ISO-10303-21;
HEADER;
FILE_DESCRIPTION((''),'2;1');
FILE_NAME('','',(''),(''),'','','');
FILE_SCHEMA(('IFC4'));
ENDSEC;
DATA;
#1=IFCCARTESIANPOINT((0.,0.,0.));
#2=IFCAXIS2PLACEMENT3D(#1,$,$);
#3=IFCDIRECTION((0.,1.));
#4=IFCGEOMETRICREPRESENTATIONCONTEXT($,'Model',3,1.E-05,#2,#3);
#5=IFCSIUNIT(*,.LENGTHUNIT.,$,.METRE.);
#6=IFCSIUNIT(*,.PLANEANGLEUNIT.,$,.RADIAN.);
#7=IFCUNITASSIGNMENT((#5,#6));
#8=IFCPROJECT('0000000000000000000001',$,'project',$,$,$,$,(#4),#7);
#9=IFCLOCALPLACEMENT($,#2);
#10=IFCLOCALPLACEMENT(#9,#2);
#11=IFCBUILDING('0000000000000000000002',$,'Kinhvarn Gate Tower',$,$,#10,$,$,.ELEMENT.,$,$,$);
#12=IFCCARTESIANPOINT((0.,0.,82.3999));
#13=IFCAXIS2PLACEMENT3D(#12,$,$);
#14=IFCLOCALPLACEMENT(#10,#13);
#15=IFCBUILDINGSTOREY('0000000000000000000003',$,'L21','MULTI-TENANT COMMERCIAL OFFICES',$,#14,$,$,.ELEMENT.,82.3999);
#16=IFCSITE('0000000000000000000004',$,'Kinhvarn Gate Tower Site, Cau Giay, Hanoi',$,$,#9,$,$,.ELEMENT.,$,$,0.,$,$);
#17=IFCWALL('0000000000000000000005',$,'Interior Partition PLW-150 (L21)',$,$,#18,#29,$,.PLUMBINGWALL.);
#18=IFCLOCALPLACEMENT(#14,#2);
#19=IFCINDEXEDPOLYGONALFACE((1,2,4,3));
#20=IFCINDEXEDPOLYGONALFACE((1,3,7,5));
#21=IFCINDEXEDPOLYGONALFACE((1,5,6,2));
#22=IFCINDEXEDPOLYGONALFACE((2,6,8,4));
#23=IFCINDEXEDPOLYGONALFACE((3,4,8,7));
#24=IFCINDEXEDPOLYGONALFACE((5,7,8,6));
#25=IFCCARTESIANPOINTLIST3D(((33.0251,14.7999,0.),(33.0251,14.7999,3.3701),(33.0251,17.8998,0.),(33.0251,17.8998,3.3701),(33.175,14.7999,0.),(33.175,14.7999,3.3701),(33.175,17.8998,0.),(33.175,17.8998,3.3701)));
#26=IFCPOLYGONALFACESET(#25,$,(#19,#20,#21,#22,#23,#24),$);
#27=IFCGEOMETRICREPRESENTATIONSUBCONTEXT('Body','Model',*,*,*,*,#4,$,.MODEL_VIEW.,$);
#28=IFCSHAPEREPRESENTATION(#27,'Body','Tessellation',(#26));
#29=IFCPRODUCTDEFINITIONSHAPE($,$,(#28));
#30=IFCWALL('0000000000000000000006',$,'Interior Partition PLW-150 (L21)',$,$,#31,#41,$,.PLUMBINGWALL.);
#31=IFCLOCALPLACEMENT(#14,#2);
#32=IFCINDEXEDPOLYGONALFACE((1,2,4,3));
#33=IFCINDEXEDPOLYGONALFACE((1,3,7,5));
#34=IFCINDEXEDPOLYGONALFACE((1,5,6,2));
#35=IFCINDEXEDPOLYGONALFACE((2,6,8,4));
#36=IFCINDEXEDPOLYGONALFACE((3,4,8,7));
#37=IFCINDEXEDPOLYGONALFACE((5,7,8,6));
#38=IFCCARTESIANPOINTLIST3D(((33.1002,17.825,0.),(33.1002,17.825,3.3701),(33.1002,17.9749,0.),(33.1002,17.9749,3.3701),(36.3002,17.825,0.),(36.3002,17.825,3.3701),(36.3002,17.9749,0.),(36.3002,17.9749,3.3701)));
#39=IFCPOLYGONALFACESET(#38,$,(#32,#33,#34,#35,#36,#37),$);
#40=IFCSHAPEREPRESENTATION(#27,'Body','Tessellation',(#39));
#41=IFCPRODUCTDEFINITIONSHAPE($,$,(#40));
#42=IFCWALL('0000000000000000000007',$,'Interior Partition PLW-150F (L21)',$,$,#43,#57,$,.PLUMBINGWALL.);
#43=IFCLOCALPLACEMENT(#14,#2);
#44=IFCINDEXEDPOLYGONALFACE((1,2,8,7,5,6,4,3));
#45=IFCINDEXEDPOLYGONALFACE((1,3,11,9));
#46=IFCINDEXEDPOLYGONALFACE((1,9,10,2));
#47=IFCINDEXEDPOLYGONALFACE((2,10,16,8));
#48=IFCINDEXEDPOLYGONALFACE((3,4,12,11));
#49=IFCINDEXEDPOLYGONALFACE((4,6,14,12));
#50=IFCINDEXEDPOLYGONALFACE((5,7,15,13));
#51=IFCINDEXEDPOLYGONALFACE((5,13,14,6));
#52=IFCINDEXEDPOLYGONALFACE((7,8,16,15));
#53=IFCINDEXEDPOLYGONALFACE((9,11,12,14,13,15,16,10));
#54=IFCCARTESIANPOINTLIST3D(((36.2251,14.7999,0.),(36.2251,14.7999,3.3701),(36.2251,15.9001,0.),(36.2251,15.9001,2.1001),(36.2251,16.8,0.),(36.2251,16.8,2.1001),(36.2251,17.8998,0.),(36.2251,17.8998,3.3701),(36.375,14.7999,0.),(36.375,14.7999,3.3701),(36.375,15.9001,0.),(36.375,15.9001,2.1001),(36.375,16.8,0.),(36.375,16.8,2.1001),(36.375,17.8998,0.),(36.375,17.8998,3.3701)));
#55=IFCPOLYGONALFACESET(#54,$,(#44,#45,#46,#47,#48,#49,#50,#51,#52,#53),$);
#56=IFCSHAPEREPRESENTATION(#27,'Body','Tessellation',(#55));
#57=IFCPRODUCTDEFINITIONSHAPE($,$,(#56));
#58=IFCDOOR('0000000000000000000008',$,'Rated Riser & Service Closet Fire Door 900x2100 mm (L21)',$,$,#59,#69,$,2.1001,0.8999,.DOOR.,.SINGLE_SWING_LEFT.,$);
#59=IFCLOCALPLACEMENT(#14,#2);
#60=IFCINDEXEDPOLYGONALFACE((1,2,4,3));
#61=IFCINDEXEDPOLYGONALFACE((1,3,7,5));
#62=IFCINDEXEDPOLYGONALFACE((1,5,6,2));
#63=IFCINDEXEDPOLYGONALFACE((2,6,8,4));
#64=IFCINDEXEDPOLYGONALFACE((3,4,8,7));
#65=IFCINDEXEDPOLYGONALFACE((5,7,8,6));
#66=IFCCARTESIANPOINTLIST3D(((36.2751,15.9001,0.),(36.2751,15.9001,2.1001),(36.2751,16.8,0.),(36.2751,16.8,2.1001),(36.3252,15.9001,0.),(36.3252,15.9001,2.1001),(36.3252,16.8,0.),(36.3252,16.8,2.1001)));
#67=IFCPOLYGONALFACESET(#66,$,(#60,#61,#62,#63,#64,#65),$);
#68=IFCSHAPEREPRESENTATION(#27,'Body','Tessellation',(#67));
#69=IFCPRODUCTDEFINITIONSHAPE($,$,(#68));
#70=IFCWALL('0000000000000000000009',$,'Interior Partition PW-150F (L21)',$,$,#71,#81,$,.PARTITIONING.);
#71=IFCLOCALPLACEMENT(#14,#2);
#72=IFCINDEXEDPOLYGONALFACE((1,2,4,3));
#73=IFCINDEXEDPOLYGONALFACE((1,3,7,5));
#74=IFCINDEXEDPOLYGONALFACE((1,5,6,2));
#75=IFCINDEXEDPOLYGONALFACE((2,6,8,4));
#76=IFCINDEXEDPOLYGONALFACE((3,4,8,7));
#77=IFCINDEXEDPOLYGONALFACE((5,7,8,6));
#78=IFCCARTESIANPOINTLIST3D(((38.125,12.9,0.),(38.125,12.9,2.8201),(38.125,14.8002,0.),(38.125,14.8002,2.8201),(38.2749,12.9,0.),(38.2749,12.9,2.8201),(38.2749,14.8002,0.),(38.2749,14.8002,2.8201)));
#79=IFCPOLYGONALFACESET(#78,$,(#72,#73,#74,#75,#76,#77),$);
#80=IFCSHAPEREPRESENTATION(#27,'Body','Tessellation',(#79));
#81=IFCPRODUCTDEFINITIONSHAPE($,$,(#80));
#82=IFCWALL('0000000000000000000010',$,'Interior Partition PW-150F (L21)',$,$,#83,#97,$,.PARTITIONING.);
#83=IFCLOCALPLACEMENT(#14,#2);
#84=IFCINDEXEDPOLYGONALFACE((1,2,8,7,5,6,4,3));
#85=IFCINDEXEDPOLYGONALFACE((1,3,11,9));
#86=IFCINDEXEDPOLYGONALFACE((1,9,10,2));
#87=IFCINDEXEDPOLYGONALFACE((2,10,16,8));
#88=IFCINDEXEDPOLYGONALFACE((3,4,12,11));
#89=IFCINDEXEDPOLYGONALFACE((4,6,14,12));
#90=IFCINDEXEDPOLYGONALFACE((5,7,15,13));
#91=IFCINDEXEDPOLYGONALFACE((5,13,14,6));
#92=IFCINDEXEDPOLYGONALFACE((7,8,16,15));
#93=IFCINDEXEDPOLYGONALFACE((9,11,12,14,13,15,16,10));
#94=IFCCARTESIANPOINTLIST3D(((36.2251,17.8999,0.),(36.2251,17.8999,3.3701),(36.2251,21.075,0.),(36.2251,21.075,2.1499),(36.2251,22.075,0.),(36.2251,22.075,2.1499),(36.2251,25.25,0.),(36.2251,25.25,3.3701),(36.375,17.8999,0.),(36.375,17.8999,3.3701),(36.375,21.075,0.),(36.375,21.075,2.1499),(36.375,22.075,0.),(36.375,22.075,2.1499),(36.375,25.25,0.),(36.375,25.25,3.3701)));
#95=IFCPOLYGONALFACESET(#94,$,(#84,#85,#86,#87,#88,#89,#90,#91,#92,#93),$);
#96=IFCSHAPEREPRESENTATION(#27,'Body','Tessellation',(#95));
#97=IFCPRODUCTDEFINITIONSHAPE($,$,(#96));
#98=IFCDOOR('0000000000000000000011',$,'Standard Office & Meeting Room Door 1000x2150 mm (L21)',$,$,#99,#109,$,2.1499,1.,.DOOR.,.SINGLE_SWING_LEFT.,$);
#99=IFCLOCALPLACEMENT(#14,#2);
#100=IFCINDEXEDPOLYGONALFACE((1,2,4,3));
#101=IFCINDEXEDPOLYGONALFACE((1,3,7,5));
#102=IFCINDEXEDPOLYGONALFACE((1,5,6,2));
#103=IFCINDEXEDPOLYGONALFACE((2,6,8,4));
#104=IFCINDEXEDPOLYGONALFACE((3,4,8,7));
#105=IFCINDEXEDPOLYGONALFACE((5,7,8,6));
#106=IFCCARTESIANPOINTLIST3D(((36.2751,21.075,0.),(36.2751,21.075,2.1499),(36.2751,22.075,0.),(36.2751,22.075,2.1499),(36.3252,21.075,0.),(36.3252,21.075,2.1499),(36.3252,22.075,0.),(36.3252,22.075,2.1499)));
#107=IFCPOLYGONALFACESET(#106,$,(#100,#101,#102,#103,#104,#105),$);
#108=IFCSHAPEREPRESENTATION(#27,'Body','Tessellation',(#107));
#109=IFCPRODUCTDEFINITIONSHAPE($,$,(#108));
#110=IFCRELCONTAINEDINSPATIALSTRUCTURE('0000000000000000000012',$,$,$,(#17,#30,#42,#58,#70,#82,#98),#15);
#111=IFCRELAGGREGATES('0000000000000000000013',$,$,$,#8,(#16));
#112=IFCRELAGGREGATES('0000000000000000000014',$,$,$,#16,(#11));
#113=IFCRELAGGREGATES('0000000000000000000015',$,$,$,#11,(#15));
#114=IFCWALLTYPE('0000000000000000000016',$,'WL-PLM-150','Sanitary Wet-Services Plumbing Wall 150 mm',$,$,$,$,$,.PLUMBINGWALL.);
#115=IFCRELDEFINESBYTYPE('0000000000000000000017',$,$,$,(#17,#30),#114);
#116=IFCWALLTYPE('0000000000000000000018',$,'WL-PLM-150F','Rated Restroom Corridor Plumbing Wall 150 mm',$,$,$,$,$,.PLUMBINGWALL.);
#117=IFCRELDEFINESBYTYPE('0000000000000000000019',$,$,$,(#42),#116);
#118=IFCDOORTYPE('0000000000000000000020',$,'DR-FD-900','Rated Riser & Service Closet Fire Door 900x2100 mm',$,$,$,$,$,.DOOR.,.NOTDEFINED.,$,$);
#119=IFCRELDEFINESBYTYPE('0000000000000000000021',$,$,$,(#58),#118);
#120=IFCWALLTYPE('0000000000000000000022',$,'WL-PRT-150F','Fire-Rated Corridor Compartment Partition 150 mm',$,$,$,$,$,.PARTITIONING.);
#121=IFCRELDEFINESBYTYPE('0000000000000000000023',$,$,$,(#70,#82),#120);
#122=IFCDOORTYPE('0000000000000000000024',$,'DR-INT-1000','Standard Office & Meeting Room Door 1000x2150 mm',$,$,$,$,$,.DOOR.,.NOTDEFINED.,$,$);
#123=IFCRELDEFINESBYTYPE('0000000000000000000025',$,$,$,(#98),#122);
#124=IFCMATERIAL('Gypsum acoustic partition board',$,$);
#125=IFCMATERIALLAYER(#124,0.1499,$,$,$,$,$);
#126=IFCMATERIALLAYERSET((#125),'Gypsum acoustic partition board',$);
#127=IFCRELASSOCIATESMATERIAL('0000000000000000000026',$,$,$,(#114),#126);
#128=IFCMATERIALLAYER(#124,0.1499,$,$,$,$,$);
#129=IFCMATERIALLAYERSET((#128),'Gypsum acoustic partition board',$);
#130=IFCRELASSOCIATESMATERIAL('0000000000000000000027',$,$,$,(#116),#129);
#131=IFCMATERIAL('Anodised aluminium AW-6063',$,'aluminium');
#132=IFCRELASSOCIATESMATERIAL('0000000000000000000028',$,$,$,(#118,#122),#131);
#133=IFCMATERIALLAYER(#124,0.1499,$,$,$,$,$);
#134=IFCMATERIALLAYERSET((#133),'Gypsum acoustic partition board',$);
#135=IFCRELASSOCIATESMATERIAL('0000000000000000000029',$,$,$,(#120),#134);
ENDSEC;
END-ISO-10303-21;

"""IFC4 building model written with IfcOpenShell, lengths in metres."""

from ifc_helpers import new_model, si_unit, direction, frame, frame_2d, origin, place, context, subcontext, project, spatial, rectangle, extrude, material, layer, layer_set, type_object, element, fill, save


model = new_model("IFC4")

# Units and contexts
model_context = context("Model", 3, precision=1e-05, world=origin(), true_north=direction((0.0, 1.0)))
body_context = subcontext(model_context, "Body", "Model", "MODEL_VIEW")
ifc_project = project(units=[si_unit("LENGTHUNIT", "METRE"), si_unit("PLANEANGLEUNIT", "RADIAN")], contexts=[model_context])

# Site, building, storey
site_placement = place(None, origin())
site = spatial("IfcSite", under=ifc_project, at=site_placement, Name="Kinhvarn Gate Tower Site, Cau Giay, Hanoi", CompositionType="ELEMENT", RefElevation=0.0)
building_placement = place(site_placement, origin())
building = spatial("IfcBuilding", under=site, at=building_placement, Name="Kinhvarn Gate Tower", CompositionType="ELEMENT")
storey_placement = place(building_placement, frame((0.0, 0.0, 82.3999)))
storey = spatial("IfcBuildingStorey", under=building, at=storey_placement, Name="L21", Description="MULTI-TENANT COMMERCIAL OFFICES", CompositionType="ELEMENT", Elevation=82.3999)

# Walls
ifc_material_1 = material(Name="Gypsum acoustic partition board")
ifc_layer_1 = layer(ifc_material_1, 0.1499)
ifc_layer_set_1 = layer_set([ifc_layer_1], Name="Gypsum acoustic partition board")
wall_type_1 = type_object("IfcWallType", Name="WL-PLM-150", Description="Sanitary Wet-Services Plumbing Wall 150 mm", PredefinedType="PLUMBINGWALL", material=ifc_layer_set_1)
wall_1_placement = place(storey_placement, frame((33.1001, 14.8, 0.0), z_axis=(0.0, 0.0, 1.0), x_axis=(0.0, 1.0, 0.0)))
element("IfcWall", 1, at=wall_1_placement, inside=storey, type_object=wall_type_1, Name="Interior Partition PLW-150 (L21)", PredefinedType="PLUMBINGWALL", context=body_context, shape_type="SweptSolid", body=[
    extrude(rectangle(XDim=3.0999, YDim=0.1499, at=frame_2d((1.5498, 0.0))), origin(), (0.0, 0.0, 1.0), 3.3701),
])
wall_2_placement = place(storey_placement, frame((33.1001, 17.8999, 0.0), z_axis=(0.0, 0.0, 1.0), x_axis=(1.0, 0.0, 0.0)))
element("IfcWall", 2, at=wall_2_placement, inside=storey, type_object=wall_type_1, Name="Interior Partition PLW-150 (L21)", PredefinedType="PLUMBINGWALL", context=body_context, shape_type="SweptSolid", body=[
    extrude(rectangle(XDim=3.2, YDim=0.1499, at=frame_2d((1.6001, 0.0))), origin(), (0.0, 0.0, 1.0), 3.3701),
])

# Wall, opening, door
ifc_layer_2 = layer(ifc_material_1, 0.1499)
ifc_layer_set_2 = layer_set([ifc_layer_2], Name="Gypsum acoustic partition board")
wall_type_2 = type_object("IfcWallType", Name="WL-PLM-150F", Description="Rated Restroom Corridor Plumbing Wall 150 mm", PredefinedType="PLUMBINGWALL", material=ifc_layer_set_2)
wall_3_placement = place(storey_placement, frame((36.3, 14.8, 0.0), z_axis=(0.0, 0.0, 1.0), x_axis=(0.0, 1.0, 0.0)))
wall_3 = element("IfcWall", 3, at=wall_3_placement, inside=storey, type_object=wall_type_2, Name="Interior Partition PLW-150F (L21)", PredefinedType="PLUMBINGWALL", context=body_context, shape_type="SweptSolid", body=[
    extrude(rectangle(XDim=3.0999, YDim=0.1499, at=frame_2d((1.5498, 0.0))), origin(), (0.0, 0.0, 1.0), 3.3701),
])
opening_1_placement = place(wall_3_placement, frame((1.1001, 0.0, 0.0)))
opening_1 = element("IfcOpeningElement", 4, at=opening_1_placement, cuts=wall_3, PredefinedType="OPENING", context=body_context, shape_type="SweptSolid", body=[
    extrude(rectangle(XDim=0.8999, YDim=2.1001, at=frame_2d((0.45, 1.05))), frame((0.0, 0.085, 0.0), z_axis=(0.0, -1.0, 0.0), x_axis=(1.0, 0.0, 0.0)), (0.0, 0.0, 1.0), 0.1699),
])
ifc_material_2 = material(Name="Anodised aluminium AW-6063", Category="aluminium")
door_type_1 = type_object("IfcDoorType", Name="DR-FD-900", Description="Rated Riser & Service Closet Fire Door 900x2100 mm", OperationType="NOTDEFINED", PredefinedType="DOOR", material=ifc_material_2)
door_1_placement = place(opening_1_placement, origin())
door_1 = element("IfcDoor", 5, at=door_1_placement, inside=storey, type_object=door_type_1, Name="Rated Riser & Service Closet Fire Door 900x2100 mm (L21)", OperationType="SINGLE_SWING_LEFT", OverallHeight=2.1001, OverallWidth=0.8999, PredefinedType="DOOR", context=body_context, shape_type="SweptSolid", body=[
    extrude(rectangle(XDim=0.8999, YDim=2.1001, at=frame_2d((0.45, 1.05))), frame((0.0, 0.0249, 0.0), z_axis=(0.0, -1.0, 0.0), x_axis=(1.0, 0.0, 0.0)), (0.0, 0.0, 1.0), 0.05),
])
fill(opening_1, door_1)

# Wall
ifc_layer_3 = layer(ifc_material_1, 0.1499)
ifc_layer_set_3 = layer_set([ifc_layer_3], Name="Gypsum acoustic partition board")
wall_type_3 = type_object("IfcWallType", Name="WL-PRT-150F", Description="Fire-Rated Corridor Compartment Partition 150 mm", PredefinedType="PARTITIONING", material=ifc_layer_set_3)
wall_4_placement = place(storey_placement, frame((38.2, 12.8999, 0.0), z_axis=(0.0, 0.0, 1.0), x_axis=(0.0, 1.0, 0.0)))
element("IfcWall", 6, at=wall_4_placement, inside=storey, type_object=wall_type_3, Name="Interior Partition PW-150F (L21)", PredefinedType="PARTITIONING", context=body_context, shape_type="SweptSolid", body=[
    extrude(rectangle(XDim=1.9001, YDim=0.1499, at=frame_2d((0.9502, 0.0))), origin(), (0.0, 0.0, 1.0), 2.8201),
])

# Wall, opening, door
wall_5_placement = place(storey_placement, frame((36.3, 17.8999, 0.0), z_axis=(0.0, 0.0, 1.0), x_axis=(0.0, 1.0, 0.0)))
wall_5 = element("IfcWall", 7, at=wall_5_placement, inside=storey, type_object=wall_type_3, Name="Interior Partition PW-150F (L21)", PredefinedType="PARTITIONING", context=body_context, shape_type="SweptSolid", body=[
    extrude(rectangle(XDim=7.3501, YDim=0.1499, at=frame_2d((3.675, 0.0))), origin(), (0.0, 0.0, 1.0), 3.3701),
])
opening_2_placement = place(wall_5_placement, frame((3.175, 0.0, 0.0)))
opening_2 = element("IfcOpeningElement", 8, at=opening_2_placement, cuts=wall_5, PredefinedType="OPENING", context=body_context, shape_type="SweptSolid", body=[
    extrude(rectangle(XDim=1.0, YDim=2.1499, at=frame_2d((0.5, 1.075))), frame((0.0, 0.085, 0.0), z_axis=(0.0, -1.0, 0.0), x_axis=(1.0, 0.0, 0.0)), (0.0, 0.0, 1.0), 0.1699),
])
door_type_2 = type_object("IfcDoorType", Name="DR-INT-1000", Description="Standard Office & Meeting Room Door 1000x2150 mm", OperationType="NOTDEFINED", PredefinedType="DOOR", material=ifc_material_2)
door_2_placement = place(opening_2_placement, origin())
door_2 = element("IfcDoor", 9, at=door_2_placement, inside=storey, type_object=door_type_2, Name="Standard Office & Meeting Room Door 1000x2150 mm (L21)", OperationType="SINGLE_SWING_LEFT", OverallHeight=2.1499, OverallWidth=1.0, PredefinedType="DOOR", context=body_context, shape_type="SweptSolid", body=[
    extrude(rectangle(XDim=1.0, YDim=2.1499, at=frame_2d((0.5, 1.075))), frame((0.0, 0.0249, 0.0), z_axis=(0.0, -1.0, 0.0), x_axis=(1.0, 0.0, 0.0)), (0.0, 0.0, 1.0), 0.05),
])
fill(opening_2, door_2)

save(model, "model.ifc")
